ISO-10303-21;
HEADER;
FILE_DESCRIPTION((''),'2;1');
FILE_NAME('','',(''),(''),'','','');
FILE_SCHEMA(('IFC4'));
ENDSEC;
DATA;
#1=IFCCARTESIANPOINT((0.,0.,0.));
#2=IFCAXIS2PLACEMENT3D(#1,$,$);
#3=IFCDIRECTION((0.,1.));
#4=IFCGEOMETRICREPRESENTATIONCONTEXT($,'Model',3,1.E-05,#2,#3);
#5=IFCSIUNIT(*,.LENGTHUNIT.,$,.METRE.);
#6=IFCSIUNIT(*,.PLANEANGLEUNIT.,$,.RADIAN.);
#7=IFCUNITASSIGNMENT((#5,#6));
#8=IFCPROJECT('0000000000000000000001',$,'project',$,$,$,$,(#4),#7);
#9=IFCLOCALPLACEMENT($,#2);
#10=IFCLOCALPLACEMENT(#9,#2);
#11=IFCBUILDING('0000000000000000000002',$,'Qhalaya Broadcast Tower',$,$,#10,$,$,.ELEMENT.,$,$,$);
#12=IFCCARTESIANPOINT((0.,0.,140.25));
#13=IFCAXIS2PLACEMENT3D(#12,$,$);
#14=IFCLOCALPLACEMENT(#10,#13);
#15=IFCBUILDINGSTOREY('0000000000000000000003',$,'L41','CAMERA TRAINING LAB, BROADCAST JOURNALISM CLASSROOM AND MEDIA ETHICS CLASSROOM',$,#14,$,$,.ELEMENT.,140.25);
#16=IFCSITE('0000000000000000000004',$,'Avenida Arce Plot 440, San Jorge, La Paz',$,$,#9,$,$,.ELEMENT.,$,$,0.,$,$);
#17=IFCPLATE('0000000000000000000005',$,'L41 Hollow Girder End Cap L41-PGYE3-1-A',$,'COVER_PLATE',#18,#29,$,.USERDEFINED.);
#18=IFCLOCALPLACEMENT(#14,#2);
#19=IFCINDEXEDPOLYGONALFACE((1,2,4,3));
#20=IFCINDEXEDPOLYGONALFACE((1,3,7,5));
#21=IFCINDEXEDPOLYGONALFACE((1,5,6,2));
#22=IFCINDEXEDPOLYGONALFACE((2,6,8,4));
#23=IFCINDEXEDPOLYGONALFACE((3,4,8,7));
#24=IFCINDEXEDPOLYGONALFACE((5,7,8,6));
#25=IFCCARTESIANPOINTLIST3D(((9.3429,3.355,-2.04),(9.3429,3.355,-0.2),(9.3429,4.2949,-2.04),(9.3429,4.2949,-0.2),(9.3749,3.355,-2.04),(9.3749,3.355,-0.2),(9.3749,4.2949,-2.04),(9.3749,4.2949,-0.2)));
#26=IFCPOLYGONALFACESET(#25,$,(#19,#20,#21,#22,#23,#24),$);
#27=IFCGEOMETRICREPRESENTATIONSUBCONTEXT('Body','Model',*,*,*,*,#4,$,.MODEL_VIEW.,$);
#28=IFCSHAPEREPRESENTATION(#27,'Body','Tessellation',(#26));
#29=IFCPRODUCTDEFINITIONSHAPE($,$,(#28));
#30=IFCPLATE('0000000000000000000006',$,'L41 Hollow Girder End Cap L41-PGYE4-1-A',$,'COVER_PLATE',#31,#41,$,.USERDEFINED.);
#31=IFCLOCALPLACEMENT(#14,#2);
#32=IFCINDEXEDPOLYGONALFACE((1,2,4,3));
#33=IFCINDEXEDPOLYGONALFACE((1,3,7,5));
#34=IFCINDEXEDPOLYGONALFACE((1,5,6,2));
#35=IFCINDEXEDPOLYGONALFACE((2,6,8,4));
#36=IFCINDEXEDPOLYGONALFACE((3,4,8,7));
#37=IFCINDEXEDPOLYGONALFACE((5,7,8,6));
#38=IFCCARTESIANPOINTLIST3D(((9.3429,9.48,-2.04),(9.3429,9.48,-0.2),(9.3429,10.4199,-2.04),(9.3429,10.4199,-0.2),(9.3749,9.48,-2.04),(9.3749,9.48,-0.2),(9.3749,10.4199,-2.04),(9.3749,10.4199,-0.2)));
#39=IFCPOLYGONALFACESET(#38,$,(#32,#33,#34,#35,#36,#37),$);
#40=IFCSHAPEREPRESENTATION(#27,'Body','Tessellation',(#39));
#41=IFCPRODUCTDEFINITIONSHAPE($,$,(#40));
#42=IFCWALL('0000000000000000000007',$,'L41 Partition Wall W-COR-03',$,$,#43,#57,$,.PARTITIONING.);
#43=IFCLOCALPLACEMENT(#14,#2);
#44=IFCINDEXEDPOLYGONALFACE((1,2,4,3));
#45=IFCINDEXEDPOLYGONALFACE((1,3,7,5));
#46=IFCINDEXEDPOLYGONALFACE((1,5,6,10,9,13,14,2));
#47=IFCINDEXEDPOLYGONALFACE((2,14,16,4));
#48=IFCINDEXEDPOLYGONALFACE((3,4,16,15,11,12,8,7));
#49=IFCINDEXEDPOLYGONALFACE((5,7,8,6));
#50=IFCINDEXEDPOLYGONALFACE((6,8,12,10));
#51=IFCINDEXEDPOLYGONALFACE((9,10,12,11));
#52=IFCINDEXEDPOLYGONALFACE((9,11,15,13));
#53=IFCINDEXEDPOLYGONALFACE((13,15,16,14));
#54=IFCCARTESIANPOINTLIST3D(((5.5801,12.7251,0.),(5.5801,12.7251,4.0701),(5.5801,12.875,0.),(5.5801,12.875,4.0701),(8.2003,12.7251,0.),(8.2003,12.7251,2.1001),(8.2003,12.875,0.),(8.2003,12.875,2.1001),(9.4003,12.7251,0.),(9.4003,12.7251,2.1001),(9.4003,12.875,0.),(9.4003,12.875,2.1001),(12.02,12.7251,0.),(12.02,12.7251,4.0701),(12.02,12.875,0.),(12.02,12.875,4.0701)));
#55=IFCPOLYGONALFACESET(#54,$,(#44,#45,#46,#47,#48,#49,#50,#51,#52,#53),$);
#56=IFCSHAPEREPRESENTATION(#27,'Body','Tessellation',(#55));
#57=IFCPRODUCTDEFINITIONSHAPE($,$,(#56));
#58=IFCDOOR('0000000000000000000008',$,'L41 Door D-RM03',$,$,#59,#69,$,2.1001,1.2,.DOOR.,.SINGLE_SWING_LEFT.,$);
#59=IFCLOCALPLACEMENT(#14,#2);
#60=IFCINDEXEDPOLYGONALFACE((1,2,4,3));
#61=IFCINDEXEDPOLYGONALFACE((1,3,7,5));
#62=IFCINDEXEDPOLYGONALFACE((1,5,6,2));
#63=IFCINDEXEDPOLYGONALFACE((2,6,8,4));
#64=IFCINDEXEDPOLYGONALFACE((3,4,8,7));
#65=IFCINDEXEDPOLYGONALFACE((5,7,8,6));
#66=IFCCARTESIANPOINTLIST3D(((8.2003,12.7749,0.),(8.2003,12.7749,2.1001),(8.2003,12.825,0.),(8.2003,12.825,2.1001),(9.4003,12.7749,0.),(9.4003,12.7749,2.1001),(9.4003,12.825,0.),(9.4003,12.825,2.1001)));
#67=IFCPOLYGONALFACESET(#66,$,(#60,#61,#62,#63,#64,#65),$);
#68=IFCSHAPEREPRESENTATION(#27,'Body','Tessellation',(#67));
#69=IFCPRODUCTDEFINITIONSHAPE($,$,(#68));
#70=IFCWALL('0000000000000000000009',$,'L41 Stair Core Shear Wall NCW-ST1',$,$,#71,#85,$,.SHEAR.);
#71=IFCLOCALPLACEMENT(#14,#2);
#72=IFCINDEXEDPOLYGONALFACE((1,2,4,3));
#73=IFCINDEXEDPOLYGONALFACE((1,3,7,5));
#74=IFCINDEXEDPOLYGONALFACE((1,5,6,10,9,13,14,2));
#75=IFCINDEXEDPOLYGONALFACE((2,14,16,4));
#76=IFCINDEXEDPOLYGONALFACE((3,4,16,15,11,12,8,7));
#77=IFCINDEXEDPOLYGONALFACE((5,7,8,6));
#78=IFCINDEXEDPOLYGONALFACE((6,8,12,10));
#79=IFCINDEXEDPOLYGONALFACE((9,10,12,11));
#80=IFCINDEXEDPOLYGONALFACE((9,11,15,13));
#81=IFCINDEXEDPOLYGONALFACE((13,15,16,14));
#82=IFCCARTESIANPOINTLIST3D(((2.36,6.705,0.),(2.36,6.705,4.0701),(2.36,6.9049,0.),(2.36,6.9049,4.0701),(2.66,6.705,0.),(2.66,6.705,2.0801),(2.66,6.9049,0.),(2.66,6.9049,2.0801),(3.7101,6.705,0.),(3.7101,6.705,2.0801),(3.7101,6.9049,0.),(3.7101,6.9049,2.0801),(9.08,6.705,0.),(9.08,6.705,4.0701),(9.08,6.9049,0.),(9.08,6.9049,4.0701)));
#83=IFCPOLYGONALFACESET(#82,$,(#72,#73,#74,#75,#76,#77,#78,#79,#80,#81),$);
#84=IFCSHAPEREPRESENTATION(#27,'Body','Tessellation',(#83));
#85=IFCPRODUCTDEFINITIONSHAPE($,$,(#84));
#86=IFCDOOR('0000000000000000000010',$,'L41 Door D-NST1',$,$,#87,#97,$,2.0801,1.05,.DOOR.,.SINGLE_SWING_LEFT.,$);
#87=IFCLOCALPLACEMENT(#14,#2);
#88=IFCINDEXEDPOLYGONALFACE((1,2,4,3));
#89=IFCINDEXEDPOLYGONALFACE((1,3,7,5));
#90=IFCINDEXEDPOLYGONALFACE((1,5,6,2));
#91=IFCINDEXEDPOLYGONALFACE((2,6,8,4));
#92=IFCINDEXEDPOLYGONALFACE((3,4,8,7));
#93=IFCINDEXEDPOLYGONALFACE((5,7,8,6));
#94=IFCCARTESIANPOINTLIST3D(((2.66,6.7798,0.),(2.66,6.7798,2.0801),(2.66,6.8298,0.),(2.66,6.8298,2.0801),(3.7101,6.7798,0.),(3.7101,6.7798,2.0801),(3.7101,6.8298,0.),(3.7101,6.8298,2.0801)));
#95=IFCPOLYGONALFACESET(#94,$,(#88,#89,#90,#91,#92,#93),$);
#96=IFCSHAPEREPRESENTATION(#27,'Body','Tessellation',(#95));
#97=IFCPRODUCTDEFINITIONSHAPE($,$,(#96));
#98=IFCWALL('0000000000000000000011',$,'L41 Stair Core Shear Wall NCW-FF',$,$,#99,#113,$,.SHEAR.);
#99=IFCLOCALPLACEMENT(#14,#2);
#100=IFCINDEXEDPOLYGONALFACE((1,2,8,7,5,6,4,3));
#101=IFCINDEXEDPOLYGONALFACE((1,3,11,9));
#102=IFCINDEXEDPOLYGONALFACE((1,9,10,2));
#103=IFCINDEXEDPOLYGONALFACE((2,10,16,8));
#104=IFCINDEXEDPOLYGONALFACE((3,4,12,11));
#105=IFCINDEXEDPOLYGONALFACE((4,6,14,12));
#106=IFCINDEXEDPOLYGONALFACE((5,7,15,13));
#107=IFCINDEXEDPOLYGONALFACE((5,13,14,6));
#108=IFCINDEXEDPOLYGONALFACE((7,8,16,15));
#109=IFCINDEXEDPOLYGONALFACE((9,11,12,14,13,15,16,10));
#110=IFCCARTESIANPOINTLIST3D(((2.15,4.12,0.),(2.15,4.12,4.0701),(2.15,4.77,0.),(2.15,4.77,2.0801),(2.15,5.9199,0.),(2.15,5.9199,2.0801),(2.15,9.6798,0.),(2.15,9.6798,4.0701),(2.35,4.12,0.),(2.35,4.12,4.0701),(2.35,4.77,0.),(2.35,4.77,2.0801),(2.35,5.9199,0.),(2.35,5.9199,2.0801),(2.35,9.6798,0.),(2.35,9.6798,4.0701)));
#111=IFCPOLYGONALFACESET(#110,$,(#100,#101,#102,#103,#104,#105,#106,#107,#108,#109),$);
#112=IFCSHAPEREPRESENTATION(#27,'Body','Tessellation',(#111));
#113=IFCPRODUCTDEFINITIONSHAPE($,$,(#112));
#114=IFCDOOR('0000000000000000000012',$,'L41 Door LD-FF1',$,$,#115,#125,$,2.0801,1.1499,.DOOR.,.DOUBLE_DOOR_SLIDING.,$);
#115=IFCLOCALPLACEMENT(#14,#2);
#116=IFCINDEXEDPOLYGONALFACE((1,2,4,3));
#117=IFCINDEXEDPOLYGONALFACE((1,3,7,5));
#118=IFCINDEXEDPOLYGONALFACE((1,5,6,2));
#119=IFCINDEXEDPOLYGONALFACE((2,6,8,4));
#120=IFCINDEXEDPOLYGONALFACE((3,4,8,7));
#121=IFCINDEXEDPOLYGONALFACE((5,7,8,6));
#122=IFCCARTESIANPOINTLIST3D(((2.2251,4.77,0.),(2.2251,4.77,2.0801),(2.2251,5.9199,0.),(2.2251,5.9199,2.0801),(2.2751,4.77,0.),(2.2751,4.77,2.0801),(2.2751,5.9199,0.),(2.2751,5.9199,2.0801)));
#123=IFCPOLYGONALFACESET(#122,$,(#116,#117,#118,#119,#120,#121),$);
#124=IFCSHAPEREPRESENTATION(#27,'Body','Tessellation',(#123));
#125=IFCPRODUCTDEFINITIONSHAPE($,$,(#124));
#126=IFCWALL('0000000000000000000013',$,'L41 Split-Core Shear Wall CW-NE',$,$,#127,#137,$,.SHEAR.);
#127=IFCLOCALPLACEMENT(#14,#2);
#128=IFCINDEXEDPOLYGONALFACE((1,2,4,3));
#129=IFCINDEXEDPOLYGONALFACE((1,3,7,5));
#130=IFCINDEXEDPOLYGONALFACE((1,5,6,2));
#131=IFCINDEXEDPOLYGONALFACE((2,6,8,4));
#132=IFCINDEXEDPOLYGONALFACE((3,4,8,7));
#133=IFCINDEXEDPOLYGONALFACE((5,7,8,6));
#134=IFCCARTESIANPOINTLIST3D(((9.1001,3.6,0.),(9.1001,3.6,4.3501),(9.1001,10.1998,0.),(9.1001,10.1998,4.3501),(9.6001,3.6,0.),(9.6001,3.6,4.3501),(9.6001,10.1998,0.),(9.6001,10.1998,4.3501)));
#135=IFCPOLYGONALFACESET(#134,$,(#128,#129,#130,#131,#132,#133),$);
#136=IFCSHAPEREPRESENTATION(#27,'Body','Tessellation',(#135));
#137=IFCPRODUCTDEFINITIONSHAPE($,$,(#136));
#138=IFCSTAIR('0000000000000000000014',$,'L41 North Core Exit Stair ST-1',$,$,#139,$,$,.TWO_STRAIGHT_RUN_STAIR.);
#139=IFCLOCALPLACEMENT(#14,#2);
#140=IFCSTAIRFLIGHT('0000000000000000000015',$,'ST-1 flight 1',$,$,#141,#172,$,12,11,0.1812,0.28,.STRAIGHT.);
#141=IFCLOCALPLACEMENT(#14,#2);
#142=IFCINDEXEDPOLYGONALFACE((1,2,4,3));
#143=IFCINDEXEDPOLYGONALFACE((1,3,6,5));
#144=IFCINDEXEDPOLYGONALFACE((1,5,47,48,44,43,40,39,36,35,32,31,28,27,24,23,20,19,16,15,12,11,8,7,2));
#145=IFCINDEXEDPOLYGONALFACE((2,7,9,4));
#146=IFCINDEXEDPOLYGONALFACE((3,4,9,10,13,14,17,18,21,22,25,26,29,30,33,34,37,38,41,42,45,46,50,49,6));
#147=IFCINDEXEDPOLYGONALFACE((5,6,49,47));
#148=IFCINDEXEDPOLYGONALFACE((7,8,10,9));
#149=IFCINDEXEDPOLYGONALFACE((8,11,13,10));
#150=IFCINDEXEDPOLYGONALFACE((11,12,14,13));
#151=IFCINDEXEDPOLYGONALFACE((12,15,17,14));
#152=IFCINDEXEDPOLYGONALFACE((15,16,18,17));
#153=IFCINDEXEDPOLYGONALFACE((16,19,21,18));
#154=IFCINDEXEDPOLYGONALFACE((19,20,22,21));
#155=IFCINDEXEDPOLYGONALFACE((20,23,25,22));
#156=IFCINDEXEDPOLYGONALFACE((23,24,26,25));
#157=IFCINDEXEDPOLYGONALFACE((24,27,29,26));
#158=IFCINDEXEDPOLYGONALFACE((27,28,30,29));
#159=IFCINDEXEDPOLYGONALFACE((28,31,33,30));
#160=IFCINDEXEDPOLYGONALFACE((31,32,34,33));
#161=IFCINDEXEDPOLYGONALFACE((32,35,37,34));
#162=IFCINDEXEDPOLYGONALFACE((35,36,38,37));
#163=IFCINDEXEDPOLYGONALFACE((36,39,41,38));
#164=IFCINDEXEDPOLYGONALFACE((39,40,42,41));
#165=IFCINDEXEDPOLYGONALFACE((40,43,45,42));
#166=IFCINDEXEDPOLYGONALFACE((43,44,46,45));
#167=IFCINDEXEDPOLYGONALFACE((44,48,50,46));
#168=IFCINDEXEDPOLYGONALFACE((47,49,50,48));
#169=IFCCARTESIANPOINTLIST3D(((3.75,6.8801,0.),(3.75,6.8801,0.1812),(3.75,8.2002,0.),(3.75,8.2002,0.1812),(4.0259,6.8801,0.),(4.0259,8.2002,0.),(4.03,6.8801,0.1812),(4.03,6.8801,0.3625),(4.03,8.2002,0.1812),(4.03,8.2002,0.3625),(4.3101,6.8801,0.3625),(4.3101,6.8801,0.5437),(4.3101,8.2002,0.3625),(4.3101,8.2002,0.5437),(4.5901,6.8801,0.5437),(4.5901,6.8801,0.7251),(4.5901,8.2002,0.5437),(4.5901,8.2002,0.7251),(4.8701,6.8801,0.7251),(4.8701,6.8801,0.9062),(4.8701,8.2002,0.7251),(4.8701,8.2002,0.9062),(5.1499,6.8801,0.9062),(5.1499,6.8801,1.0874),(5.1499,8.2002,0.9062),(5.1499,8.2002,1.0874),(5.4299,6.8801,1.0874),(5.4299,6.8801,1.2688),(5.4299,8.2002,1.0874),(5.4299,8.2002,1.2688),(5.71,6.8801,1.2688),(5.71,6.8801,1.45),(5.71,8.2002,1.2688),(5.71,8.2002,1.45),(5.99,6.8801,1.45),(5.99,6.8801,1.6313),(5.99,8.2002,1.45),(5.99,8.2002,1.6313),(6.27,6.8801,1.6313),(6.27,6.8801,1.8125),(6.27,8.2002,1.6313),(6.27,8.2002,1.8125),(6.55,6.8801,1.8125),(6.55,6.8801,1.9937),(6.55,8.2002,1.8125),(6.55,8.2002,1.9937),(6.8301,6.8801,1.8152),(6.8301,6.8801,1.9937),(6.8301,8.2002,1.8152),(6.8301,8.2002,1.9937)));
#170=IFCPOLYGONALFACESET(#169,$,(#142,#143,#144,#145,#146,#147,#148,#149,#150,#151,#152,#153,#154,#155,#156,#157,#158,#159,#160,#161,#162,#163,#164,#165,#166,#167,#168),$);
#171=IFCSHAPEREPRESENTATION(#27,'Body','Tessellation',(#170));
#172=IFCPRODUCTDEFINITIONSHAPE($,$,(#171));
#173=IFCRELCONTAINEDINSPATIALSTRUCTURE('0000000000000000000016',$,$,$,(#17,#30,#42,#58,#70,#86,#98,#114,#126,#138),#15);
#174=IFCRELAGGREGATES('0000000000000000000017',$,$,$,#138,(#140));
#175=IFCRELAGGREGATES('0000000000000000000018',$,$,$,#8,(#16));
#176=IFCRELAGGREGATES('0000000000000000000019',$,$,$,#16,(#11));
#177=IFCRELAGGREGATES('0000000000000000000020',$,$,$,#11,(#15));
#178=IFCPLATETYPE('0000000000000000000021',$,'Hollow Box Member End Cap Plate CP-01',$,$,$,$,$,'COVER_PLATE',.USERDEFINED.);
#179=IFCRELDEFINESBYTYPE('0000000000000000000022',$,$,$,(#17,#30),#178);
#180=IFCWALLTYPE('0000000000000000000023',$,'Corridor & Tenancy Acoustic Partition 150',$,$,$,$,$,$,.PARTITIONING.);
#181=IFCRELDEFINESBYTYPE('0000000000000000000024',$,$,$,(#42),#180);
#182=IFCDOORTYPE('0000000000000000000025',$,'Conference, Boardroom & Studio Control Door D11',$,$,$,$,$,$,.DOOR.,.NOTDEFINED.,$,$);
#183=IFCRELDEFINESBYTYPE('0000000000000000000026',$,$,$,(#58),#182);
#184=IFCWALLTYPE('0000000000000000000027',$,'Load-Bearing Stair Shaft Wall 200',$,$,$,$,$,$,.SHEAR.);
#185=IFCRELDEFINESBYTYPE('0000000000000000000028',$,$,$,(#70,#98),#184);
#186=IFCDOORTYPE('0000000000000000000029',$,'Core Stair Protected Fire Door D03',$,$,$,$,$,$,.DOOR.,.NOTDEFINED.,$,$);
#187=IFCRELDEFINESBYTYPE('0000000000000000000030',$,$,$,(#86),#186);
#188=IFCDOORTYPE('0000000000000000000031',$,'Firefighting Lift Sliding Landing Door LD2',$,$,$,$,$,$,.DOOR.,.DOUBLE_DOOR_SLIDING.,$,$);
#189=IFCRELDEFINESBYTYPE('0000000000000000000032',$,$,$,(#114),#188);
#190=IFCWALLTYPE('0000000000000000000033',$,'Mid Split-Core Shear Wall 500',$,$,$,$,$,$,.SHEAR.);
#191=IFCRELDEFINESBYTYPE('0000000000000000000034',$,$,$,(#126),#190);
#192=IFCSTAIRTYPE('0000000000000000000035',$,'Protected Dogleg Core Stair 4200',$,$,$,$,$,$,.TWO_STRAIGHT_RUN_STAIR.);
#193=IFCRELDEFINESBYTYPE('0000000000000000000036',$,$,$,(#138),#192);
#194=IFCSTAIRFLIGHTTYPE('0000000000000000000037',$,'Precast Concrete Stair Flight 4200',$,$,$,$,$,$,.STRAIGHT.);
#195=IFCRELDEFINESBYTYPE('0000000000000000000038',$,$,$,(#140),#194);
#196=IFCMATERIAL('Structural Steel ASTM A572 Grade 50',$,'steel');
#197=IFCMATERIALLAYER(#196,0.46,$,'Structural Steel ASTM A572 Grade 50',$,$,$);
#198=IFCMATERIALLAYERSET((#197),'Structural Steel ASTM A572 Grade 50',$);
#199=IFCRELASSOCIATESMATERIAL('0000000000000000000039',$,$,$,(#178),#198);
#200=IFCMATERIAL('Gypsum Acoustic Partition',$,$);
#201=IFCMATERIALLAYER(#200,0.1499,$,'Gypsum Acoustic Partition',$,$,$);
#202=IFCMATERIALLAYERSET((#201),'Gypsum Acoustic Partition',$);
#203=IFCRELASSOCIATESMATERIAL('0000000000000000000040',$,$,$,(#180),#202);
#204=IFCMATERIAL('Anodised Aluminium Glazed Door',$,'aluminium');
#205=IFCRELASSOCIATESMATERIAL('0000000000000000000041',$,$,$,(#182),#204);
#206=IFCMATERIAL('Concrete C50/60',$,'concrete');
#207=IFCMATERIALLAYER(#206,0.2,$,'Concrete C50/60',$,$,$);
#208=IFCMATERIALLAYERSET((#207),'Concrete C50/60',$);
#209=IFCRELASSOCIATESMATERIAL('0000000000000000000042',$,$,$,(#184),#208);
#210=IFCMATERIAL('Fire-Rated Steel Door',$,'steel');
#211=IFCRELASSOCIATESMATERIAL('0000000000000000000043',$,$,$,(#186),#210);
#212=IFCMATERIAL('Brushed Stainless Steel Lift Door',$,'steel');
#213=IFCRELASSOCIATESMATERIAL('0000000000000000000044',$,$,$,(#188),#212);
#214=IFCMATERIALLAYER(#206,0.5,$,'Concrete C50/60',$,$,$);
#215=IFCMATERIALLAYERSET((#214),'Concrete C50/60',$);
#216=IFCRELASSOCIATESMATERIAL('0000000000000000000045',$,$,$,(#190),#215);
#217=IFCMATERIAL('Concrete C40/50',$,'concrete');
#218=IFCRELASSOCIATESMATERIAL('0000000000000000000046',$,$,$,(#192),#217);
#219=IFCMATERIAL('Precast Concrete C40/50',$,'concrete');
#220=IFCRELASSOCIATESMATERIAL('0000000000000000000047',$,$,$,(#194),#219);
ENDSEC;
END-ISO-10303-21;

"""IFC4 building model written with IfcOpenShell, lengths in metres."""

from ifc_helpers import new_model, si_unit, direction, frame, frame_2d, origin, origin_2d, place, context, subcontext, project, spatial, polyline, rectangle, outline, extrude, material, layer, layer_set, type_object, element, fill, aggregate, save


model = new_model("IFC4")

# Units and contexts
model_context = context("Model", 3, precision=1e-05, world=origin(), true_north=direction((0.0, 1.0)))
body_context = subcontext(model_context, "Body", "Model", "MODEL_VIEW")
ifc_project = project(units=[si_unit("LENGTHUNIT", "METRE"), si_unit("PLANEANGLEUNIT", "RADIAN")], contexts=[model_context])

# Site, building, storey
site_placement = place(None, origin())
site = spatial("IfcSite", under=ifc_project, at=site_placement, Name="Avenida Arce Plot 440, San Jorge, La Paz", CompositionType="ELEMENT", RefElevation=0.0)
building_placement = place(site_placement, origin())
building = spatial("IfcBuilding", under=site, at=building_placement, Name="Qhalaya Broadcast Tower", CompositionType="ELEMENT")
storey_placement = place(building_placement, frame((0.0, 0.0, 140.25)))
storey = spatial("IfcBuildingStorey", under=building, at=storey_placement, Name="L41", Description="CAMERA TRAINING LAB, BROADCAST JOURNALISM CLASSROOM AND MEDIA ETHICS CLASSROOM", CompositionType="ELEMENT", Elevation=140.25)

# Shared definitions
ifc_material_1 = material(Name="Concrete C50/60", Category="concrete")

# Shared definitions
ifc_material_2 = material(Name="Structural Steel ASTM A572 Grade 50", Category="steel")

# Plates
ifc_layer_1 = layer(ifc_material_2, 0.46, Name="Structural Steel ASTM A572 Grade 50")
ifc_layer_set_1 = layer_set([ifc_layer_1], Name="Structural Steel ASTM A572 Grade 50")
plate_type = type_object("IfcPlateType", Name="Hollow Box Member End Cap Plate CP-01", ElementType="COVER_PLATE", PredefinedType="USERDEFINED", material=ifc_layer_set_1)
for number, where, z_axis, x_axis, name in (
    (1, (9.3589, 3.825, -2.04), (0.0, 0.0, 1.0), (0.0, 1.0, 0.0), "L41 Hollow Girder End Cap L41-PGYE3-1-A"),
    (2, (9.3589, 9.95, -2.04), (0.0, 0.0, 1.0), (0.0, 1.0, 0.0), "L41 Hollow Girder End Cap L41-PGYE4-1-A"),
):
    element("IfcPlate", number, at=place(storey_placement, frame(where, z_axis=z_axis, x_axis=x_axis)), inside=storey, type_object=plate_type, Name=name, ObjectType="COVER_PLATE", PredefinedType="USERDEFINED", context=body_context, shape_type="SweptSolid", body=[
        extrude(rectangle(XDim=0.9399, YDim=0.032, at=origin_2d()), origin(), (0.0, 0.0, 1.0), 1.8401),
    ])

# Walls, openings, doors
ifc_material_3 = material(Name="Gypsum Acoustic Partition")
ifc_layer_2 = layer(ifc_material_3, 0.1499, Name="Gypsum Acoustic Partition")
ifc_layer_set_2 = layer_set([ifc_layer_2], Name="Gypsum Acoustic Partition")
wall_type_1 = type_object("IfcWallType", Name="Corridor & Tenancy Acoustic Partition 150", PredefinedType="PARTITIONING", material=ifc_layer_set_2)
wall_1_placement = place(storey_placement, frame((5.5801, 12.8, 0.0), z_axis=(0.0, 0.0, 1.0), x_axis=(1.0, 0.0, 0.0)))
wall_1 = element("IfcWall", 3, at=wall_1_placement, inside=storey, type_object=wall_type_1, Name="L41 Partition Wall W-COR-03", PredefinedType="PARTITIONING", context=body_context, shape_type="SweptSolid", body=[
    extrude(rectangle(XDim=6.4399, YDim=0.1499, at=frame_2d((3.22, 0.0))), origin(), (0.0, 0.0, 1.0), 4.0701),
])
opening_1_placement = place(wall_1_placement, frame((2.6201, 0.0, 0.0)))
opening_1 = element("IfcOpeningElement", 4, at=opening_1_placement, cuts=wall_1, PredefinedType="OPENING", context=body_context, shape_type="SweptSolid", body=[
    extrude(rectangle(XDim=1.2, YDim=2.1001, at=frame_2d((0.6001, 1.05))), frame((0.0, 0.0869, 0.0), z_axis=(0.0, -1.0, 0.0), x_axis=(1.0, 0.0, 0.0)), (0.0, 0.0, 1.0), 0.1738),
])
ifc_material_4 = material(Name="Anodised Aluminium Glazed Door", Category="aluminium")
door_type_1 = type_object("IfcDoorType", Name="Conference, Boardroom & Studio Control Door D11", OperationType="NOTDEFINED", PredefinedType="DOOR", material=ifc_material_4)
door_1_placement = place(opening_1_placement, origin())
door_1 = element("IfcDoor", 5, at=door_1_placement, inside=storey, type_object=door_type_1, Name="L41 Door D-RM03", OperationType="SINGLE_SWING_LEFT", OverallHeight=2.1001, OverallWidth=1.2, PredefinedType="DOOR", context=body_context, shape_type="SweptSolid", body=[
    extrude(rectangle(XDim=1.2, YDim=2.1001, at=frame_2d((0.6001, 1.05))), frame((0.0, 0.0249, 0.0), z_axis=(0.0, -1.0, 0.0), x_axis=(1.0, 0.0, 0.0)), (0.0, 0.0, 1.0), 0.05),
])
fill(opening_1, door_1)
ifc_layer_3 = layer(ifc_material_1, 0.2, Name="Concrete C50/60")
ifc_layer_set_3 = layer_set([ifc_layer_3], Name="Concrete C50/60")
wall_type_2 = type_object("IfcWallType", Name="Load-Bearing Stair Shaft Wall 200", PredefinedType="SHEAR", material=ifc_layer_set_3)
wall_2_placement = place(storey_placement, frame((2.3601, 6.8049, 0.0), z_axis=(0.0, 0.0, 1.0), x_axis=(1.0, 0.0, 0.0)))
wall_2 = element("IfcWall", 6, at=wall_2_placement, inside=storey, type_object=wall_type_2, Name="L41 Stair Core Shear Wall NCW-ST1", PredefinedType="SHEAR", context=body_context, shape_type="SweptSolid", body=[
    extrude(rectangle(XDim=6.72, YDim=0.2, at=frame_2d((3.3599, 0.0))), origin(), (0.0, 0.0, 1.0), 4.0701),
])
opening_2_placement = place(wall_2_placement, frame((0.3, 0.0, 0.0)))
opening_2 = element("IfcOpeningElement", 7, at=opening_2_placement, cuts=wall_2, PredefinedType="OPENING", context=body_context, shape_type="SweptSolid", body=[
    extrude(rectangle(XDim=1.05, YDim=2.0801, at=frame_2d((0.5249, 1.04))), frame((0.0, 0.1121, 0.0), z_axis=(0.0, -1.0, 0.0), x_axis=(1.0, 0.0, 0.0)), (0.0, 0.0, 1.0), 0.2239),
])
ifc_material_5 = material(Name="Fire-Rated Steel Door", Category="steel")
door_type_2 = type_object("IfcDoorType", Name="Core Stair Protected Fire Door D03", OperationType="NOTDEFINED", PredefinedType="DOOR", material=ifc_material_5)
door_2_placement = place(opening_2_placement, origin())
door_2 = element("IfcDoor", 8, at=door_2_placement, inside=storey, type_object=door_type_2, Name="L41 Door D-NST1", OperationType="SINGLE_SWING_LEFT", OverallHeight=2.0801, OverallWidth=1.05, PredefinedType="DOOR", context=body_context, shape_type="SweptSolid", body=[
    extrude(rectangle(XDim=1.05, YDim=2.0801, at=frame_2d((0.5249, 1.04))), frame((0.0, 0.0249, 0.0), z_axis=(0.0, -1.0, 0.0), x_axis=(1.0, 0.0, 0.0)), (0.0, 0.0, 1.0), 0.05),
])
fill(opening_2, door_2)
wall_3_placement = place(storey_placement, frame((2.25, 4.1201, 0.0), z_axis=(0.0, 0.0, 1.0), x_axis=(0.0, 1.0, 0.0)))
wall_3 = element("IfcWall", 9, at=wall_3_placement, inside=storey, type_object=wall_type_2, Name="L41 Stair Core Shear Wall NCW-FF", PredefinedType="SHEAR", context=body_context, shape_type="SweptSolid", body=[
    extrude(rectangle(XDim=5.5598, YDim=0.2, at=frame_2d((2.7798, 0.0))), origin(), (0.0, 0.0, 1.0), 4.0701),
])
opening_3_placement = place(wall_3_placement, frame((0.6499, 0.0, 0.0)))
opening_3 = element("IfcOpeningElement", 10, at=opening_3_placement, cuts=wall_3, PredefinedType="OPENING", context=body_context, shape_type="SweptSolid", body=[
    extrude(rectangle(XDim=1.1499, YDim=2.0801, at=frame_2d((0.575, 1.04))), frame((0.0, 0.1121, 0.0), z_axis=(0.0, -1.0, 0.0), x_axis=(1.0, 0.0, 0.0)), (0.0, 0.0, 1.0), 0.2239),
])
ifc_material_6 = material(Name="Brushed Stainless Steel Lift Door", Category="steel")
door_type_3 = type_object("IfcDoorType", Name="Firefighting Lift Sliding Landing Door LD2", OperationType="DOUBLE_DOOR_SLIDING", PredefinedType="DOOR", material=ifc_material_6)
door_3_placement = place(opening_3_placement, origin())
door_3 = element("IfcDoor", 11, at=door_3_placement, inside=storey, type_object=door_type_3, Name="L41 Door LD-FF1", OperationType="DOUBLE_DOOR_SLIDING", OverallHeight=2.0801, OverallWidth=1.1499, PredefinedType="DOOR", context=body_context, shape_type="SweptSolid", body=[
    extrude(rectangle(XDim=1.1499, YDim=2.0801, at=frame_2d((0.575, 1.04))), frame((0.0, 0.0249, 0.0), z_axis=(0.0, -1.0, 0.0), x_axis=(1.0, 0.0, 0.0)), (0.0, 0.0, 1.0), 0.05),
])
fill(opening_3, door_3)

# Wall
ifc_layer_4 = layer(ifc_material_1, 0.5, Name="Concrete C50/60")
ifc_layer_set_4 = layer_set([ifc_layer_4], Name="Concrete C50/60")
wall_type_3 = type_object("IfcWallType", Name="Mid Split-Core Shear Wall 500", PredefinedType="SHEAR", material=ifc_layer_set_4)
wall_4_placement = place(storey_placement, frame((9.3501, 3.6001, 0.0), z_axis=(0.0, 0.0, 1.0), x_axis=(0.0, 1.0, 0.0)))
element("IfcWall", 12, at=wall_4_placement, inside=storey, type_object=wall_type_3, Name="L41 Split-Core Shear Wall CW-NE", PredefinedType="SHEAR", context=body_context, shape_type="SweptSolid", body=[
    extrude(rectangle(XDim=6.5999, YDim=0.5, at=frame_2d((3.2998, 0.0))), origin(), (0.0, 0.0, 1.0), 4.3501),
])

# Stair, stair flight
ifc_material_7 = material(Name="Concrete C40/50", Category="concrete")
stair_type = type_object("IfcStairType", Name="Protected Dogleg Core Stair 4200", PredefinedType="TWO_STRAIGHT_RUN_STAIR", material=ifc_material_7)
stair_placement = place(storey_placement, origin())
stair = element("IfcStair", 13, at=stair_placement, inside=storey, type_object=stair_type, Name="L41 North Core Exit Stair ST-1", PredefinedType="TWO_STRAIGHT_RUN_STAIR")
ifc_material_8 = material(Name="Precast Concrete C40/50", Category="concrete")
stair_flight_type = type_object("IfcStairFlightType", Name="Precast Concrete Stair Flight 4200", PredefinedType="STRAIGHT", material=ifc_material_8)
stair_flight_1_placement = place(storey_placement, frame((3.75, 7.54, 0.0), z_axis=(0.0, 0.0, 1.0), x_axis=(1.0, 0.0, 0.0)))
stair_flight_1 = element("IfcStairFlight", 14, at=stair_flight_1_placement, type_object=stair_flight_type, Name="ST-1 flight 1", NumberOfRisers=12, NumberOfTreads=11, PredefinedType="STRAIGHT", RiserHeight=0.1812, TreadLength=0.28, context=body_context, shape_type="SweptSolid", body=[
    extrude(outline(polyline([(0.0, 0.0), (0.0, 0.1812), (0.28, 0.1812), (0.28, 0.3625), (0.5601, 0.3625), (0.5601, 0.5437), (0.8401, 0.5437), (0.8401, 0.7251), (1.1201, 0.7251), (1.1201, 0.9062), (1.3999, 0.9062), (1.3999, 1.0874), (1.6799, 1.0874), (1.6799, 1.2688), (1.96, 1.2688), (1.96, 1.45), (2.24, 1.45), (2.24, 1.6313), (2.52, 1.6313), (2.52, 1.8125), (2.8, 1.8125), (2.8, 1.9937), (3.0801, 1.9937), (3.0801, 2.175), (3.0801, 1.8152), (0.2759, 0.0), (0.0, 0.0)])), frame((0.0, 0.6602, 0.0), z_axis=(0.0, -1.0, 0.0), x_axis=(1.0, 0.0, 0.0)), (0.0, 0.0, 1.0), 1.3201),
])
aggregate(stair, [stair_flight_1])

save(model, "model.ifc")
